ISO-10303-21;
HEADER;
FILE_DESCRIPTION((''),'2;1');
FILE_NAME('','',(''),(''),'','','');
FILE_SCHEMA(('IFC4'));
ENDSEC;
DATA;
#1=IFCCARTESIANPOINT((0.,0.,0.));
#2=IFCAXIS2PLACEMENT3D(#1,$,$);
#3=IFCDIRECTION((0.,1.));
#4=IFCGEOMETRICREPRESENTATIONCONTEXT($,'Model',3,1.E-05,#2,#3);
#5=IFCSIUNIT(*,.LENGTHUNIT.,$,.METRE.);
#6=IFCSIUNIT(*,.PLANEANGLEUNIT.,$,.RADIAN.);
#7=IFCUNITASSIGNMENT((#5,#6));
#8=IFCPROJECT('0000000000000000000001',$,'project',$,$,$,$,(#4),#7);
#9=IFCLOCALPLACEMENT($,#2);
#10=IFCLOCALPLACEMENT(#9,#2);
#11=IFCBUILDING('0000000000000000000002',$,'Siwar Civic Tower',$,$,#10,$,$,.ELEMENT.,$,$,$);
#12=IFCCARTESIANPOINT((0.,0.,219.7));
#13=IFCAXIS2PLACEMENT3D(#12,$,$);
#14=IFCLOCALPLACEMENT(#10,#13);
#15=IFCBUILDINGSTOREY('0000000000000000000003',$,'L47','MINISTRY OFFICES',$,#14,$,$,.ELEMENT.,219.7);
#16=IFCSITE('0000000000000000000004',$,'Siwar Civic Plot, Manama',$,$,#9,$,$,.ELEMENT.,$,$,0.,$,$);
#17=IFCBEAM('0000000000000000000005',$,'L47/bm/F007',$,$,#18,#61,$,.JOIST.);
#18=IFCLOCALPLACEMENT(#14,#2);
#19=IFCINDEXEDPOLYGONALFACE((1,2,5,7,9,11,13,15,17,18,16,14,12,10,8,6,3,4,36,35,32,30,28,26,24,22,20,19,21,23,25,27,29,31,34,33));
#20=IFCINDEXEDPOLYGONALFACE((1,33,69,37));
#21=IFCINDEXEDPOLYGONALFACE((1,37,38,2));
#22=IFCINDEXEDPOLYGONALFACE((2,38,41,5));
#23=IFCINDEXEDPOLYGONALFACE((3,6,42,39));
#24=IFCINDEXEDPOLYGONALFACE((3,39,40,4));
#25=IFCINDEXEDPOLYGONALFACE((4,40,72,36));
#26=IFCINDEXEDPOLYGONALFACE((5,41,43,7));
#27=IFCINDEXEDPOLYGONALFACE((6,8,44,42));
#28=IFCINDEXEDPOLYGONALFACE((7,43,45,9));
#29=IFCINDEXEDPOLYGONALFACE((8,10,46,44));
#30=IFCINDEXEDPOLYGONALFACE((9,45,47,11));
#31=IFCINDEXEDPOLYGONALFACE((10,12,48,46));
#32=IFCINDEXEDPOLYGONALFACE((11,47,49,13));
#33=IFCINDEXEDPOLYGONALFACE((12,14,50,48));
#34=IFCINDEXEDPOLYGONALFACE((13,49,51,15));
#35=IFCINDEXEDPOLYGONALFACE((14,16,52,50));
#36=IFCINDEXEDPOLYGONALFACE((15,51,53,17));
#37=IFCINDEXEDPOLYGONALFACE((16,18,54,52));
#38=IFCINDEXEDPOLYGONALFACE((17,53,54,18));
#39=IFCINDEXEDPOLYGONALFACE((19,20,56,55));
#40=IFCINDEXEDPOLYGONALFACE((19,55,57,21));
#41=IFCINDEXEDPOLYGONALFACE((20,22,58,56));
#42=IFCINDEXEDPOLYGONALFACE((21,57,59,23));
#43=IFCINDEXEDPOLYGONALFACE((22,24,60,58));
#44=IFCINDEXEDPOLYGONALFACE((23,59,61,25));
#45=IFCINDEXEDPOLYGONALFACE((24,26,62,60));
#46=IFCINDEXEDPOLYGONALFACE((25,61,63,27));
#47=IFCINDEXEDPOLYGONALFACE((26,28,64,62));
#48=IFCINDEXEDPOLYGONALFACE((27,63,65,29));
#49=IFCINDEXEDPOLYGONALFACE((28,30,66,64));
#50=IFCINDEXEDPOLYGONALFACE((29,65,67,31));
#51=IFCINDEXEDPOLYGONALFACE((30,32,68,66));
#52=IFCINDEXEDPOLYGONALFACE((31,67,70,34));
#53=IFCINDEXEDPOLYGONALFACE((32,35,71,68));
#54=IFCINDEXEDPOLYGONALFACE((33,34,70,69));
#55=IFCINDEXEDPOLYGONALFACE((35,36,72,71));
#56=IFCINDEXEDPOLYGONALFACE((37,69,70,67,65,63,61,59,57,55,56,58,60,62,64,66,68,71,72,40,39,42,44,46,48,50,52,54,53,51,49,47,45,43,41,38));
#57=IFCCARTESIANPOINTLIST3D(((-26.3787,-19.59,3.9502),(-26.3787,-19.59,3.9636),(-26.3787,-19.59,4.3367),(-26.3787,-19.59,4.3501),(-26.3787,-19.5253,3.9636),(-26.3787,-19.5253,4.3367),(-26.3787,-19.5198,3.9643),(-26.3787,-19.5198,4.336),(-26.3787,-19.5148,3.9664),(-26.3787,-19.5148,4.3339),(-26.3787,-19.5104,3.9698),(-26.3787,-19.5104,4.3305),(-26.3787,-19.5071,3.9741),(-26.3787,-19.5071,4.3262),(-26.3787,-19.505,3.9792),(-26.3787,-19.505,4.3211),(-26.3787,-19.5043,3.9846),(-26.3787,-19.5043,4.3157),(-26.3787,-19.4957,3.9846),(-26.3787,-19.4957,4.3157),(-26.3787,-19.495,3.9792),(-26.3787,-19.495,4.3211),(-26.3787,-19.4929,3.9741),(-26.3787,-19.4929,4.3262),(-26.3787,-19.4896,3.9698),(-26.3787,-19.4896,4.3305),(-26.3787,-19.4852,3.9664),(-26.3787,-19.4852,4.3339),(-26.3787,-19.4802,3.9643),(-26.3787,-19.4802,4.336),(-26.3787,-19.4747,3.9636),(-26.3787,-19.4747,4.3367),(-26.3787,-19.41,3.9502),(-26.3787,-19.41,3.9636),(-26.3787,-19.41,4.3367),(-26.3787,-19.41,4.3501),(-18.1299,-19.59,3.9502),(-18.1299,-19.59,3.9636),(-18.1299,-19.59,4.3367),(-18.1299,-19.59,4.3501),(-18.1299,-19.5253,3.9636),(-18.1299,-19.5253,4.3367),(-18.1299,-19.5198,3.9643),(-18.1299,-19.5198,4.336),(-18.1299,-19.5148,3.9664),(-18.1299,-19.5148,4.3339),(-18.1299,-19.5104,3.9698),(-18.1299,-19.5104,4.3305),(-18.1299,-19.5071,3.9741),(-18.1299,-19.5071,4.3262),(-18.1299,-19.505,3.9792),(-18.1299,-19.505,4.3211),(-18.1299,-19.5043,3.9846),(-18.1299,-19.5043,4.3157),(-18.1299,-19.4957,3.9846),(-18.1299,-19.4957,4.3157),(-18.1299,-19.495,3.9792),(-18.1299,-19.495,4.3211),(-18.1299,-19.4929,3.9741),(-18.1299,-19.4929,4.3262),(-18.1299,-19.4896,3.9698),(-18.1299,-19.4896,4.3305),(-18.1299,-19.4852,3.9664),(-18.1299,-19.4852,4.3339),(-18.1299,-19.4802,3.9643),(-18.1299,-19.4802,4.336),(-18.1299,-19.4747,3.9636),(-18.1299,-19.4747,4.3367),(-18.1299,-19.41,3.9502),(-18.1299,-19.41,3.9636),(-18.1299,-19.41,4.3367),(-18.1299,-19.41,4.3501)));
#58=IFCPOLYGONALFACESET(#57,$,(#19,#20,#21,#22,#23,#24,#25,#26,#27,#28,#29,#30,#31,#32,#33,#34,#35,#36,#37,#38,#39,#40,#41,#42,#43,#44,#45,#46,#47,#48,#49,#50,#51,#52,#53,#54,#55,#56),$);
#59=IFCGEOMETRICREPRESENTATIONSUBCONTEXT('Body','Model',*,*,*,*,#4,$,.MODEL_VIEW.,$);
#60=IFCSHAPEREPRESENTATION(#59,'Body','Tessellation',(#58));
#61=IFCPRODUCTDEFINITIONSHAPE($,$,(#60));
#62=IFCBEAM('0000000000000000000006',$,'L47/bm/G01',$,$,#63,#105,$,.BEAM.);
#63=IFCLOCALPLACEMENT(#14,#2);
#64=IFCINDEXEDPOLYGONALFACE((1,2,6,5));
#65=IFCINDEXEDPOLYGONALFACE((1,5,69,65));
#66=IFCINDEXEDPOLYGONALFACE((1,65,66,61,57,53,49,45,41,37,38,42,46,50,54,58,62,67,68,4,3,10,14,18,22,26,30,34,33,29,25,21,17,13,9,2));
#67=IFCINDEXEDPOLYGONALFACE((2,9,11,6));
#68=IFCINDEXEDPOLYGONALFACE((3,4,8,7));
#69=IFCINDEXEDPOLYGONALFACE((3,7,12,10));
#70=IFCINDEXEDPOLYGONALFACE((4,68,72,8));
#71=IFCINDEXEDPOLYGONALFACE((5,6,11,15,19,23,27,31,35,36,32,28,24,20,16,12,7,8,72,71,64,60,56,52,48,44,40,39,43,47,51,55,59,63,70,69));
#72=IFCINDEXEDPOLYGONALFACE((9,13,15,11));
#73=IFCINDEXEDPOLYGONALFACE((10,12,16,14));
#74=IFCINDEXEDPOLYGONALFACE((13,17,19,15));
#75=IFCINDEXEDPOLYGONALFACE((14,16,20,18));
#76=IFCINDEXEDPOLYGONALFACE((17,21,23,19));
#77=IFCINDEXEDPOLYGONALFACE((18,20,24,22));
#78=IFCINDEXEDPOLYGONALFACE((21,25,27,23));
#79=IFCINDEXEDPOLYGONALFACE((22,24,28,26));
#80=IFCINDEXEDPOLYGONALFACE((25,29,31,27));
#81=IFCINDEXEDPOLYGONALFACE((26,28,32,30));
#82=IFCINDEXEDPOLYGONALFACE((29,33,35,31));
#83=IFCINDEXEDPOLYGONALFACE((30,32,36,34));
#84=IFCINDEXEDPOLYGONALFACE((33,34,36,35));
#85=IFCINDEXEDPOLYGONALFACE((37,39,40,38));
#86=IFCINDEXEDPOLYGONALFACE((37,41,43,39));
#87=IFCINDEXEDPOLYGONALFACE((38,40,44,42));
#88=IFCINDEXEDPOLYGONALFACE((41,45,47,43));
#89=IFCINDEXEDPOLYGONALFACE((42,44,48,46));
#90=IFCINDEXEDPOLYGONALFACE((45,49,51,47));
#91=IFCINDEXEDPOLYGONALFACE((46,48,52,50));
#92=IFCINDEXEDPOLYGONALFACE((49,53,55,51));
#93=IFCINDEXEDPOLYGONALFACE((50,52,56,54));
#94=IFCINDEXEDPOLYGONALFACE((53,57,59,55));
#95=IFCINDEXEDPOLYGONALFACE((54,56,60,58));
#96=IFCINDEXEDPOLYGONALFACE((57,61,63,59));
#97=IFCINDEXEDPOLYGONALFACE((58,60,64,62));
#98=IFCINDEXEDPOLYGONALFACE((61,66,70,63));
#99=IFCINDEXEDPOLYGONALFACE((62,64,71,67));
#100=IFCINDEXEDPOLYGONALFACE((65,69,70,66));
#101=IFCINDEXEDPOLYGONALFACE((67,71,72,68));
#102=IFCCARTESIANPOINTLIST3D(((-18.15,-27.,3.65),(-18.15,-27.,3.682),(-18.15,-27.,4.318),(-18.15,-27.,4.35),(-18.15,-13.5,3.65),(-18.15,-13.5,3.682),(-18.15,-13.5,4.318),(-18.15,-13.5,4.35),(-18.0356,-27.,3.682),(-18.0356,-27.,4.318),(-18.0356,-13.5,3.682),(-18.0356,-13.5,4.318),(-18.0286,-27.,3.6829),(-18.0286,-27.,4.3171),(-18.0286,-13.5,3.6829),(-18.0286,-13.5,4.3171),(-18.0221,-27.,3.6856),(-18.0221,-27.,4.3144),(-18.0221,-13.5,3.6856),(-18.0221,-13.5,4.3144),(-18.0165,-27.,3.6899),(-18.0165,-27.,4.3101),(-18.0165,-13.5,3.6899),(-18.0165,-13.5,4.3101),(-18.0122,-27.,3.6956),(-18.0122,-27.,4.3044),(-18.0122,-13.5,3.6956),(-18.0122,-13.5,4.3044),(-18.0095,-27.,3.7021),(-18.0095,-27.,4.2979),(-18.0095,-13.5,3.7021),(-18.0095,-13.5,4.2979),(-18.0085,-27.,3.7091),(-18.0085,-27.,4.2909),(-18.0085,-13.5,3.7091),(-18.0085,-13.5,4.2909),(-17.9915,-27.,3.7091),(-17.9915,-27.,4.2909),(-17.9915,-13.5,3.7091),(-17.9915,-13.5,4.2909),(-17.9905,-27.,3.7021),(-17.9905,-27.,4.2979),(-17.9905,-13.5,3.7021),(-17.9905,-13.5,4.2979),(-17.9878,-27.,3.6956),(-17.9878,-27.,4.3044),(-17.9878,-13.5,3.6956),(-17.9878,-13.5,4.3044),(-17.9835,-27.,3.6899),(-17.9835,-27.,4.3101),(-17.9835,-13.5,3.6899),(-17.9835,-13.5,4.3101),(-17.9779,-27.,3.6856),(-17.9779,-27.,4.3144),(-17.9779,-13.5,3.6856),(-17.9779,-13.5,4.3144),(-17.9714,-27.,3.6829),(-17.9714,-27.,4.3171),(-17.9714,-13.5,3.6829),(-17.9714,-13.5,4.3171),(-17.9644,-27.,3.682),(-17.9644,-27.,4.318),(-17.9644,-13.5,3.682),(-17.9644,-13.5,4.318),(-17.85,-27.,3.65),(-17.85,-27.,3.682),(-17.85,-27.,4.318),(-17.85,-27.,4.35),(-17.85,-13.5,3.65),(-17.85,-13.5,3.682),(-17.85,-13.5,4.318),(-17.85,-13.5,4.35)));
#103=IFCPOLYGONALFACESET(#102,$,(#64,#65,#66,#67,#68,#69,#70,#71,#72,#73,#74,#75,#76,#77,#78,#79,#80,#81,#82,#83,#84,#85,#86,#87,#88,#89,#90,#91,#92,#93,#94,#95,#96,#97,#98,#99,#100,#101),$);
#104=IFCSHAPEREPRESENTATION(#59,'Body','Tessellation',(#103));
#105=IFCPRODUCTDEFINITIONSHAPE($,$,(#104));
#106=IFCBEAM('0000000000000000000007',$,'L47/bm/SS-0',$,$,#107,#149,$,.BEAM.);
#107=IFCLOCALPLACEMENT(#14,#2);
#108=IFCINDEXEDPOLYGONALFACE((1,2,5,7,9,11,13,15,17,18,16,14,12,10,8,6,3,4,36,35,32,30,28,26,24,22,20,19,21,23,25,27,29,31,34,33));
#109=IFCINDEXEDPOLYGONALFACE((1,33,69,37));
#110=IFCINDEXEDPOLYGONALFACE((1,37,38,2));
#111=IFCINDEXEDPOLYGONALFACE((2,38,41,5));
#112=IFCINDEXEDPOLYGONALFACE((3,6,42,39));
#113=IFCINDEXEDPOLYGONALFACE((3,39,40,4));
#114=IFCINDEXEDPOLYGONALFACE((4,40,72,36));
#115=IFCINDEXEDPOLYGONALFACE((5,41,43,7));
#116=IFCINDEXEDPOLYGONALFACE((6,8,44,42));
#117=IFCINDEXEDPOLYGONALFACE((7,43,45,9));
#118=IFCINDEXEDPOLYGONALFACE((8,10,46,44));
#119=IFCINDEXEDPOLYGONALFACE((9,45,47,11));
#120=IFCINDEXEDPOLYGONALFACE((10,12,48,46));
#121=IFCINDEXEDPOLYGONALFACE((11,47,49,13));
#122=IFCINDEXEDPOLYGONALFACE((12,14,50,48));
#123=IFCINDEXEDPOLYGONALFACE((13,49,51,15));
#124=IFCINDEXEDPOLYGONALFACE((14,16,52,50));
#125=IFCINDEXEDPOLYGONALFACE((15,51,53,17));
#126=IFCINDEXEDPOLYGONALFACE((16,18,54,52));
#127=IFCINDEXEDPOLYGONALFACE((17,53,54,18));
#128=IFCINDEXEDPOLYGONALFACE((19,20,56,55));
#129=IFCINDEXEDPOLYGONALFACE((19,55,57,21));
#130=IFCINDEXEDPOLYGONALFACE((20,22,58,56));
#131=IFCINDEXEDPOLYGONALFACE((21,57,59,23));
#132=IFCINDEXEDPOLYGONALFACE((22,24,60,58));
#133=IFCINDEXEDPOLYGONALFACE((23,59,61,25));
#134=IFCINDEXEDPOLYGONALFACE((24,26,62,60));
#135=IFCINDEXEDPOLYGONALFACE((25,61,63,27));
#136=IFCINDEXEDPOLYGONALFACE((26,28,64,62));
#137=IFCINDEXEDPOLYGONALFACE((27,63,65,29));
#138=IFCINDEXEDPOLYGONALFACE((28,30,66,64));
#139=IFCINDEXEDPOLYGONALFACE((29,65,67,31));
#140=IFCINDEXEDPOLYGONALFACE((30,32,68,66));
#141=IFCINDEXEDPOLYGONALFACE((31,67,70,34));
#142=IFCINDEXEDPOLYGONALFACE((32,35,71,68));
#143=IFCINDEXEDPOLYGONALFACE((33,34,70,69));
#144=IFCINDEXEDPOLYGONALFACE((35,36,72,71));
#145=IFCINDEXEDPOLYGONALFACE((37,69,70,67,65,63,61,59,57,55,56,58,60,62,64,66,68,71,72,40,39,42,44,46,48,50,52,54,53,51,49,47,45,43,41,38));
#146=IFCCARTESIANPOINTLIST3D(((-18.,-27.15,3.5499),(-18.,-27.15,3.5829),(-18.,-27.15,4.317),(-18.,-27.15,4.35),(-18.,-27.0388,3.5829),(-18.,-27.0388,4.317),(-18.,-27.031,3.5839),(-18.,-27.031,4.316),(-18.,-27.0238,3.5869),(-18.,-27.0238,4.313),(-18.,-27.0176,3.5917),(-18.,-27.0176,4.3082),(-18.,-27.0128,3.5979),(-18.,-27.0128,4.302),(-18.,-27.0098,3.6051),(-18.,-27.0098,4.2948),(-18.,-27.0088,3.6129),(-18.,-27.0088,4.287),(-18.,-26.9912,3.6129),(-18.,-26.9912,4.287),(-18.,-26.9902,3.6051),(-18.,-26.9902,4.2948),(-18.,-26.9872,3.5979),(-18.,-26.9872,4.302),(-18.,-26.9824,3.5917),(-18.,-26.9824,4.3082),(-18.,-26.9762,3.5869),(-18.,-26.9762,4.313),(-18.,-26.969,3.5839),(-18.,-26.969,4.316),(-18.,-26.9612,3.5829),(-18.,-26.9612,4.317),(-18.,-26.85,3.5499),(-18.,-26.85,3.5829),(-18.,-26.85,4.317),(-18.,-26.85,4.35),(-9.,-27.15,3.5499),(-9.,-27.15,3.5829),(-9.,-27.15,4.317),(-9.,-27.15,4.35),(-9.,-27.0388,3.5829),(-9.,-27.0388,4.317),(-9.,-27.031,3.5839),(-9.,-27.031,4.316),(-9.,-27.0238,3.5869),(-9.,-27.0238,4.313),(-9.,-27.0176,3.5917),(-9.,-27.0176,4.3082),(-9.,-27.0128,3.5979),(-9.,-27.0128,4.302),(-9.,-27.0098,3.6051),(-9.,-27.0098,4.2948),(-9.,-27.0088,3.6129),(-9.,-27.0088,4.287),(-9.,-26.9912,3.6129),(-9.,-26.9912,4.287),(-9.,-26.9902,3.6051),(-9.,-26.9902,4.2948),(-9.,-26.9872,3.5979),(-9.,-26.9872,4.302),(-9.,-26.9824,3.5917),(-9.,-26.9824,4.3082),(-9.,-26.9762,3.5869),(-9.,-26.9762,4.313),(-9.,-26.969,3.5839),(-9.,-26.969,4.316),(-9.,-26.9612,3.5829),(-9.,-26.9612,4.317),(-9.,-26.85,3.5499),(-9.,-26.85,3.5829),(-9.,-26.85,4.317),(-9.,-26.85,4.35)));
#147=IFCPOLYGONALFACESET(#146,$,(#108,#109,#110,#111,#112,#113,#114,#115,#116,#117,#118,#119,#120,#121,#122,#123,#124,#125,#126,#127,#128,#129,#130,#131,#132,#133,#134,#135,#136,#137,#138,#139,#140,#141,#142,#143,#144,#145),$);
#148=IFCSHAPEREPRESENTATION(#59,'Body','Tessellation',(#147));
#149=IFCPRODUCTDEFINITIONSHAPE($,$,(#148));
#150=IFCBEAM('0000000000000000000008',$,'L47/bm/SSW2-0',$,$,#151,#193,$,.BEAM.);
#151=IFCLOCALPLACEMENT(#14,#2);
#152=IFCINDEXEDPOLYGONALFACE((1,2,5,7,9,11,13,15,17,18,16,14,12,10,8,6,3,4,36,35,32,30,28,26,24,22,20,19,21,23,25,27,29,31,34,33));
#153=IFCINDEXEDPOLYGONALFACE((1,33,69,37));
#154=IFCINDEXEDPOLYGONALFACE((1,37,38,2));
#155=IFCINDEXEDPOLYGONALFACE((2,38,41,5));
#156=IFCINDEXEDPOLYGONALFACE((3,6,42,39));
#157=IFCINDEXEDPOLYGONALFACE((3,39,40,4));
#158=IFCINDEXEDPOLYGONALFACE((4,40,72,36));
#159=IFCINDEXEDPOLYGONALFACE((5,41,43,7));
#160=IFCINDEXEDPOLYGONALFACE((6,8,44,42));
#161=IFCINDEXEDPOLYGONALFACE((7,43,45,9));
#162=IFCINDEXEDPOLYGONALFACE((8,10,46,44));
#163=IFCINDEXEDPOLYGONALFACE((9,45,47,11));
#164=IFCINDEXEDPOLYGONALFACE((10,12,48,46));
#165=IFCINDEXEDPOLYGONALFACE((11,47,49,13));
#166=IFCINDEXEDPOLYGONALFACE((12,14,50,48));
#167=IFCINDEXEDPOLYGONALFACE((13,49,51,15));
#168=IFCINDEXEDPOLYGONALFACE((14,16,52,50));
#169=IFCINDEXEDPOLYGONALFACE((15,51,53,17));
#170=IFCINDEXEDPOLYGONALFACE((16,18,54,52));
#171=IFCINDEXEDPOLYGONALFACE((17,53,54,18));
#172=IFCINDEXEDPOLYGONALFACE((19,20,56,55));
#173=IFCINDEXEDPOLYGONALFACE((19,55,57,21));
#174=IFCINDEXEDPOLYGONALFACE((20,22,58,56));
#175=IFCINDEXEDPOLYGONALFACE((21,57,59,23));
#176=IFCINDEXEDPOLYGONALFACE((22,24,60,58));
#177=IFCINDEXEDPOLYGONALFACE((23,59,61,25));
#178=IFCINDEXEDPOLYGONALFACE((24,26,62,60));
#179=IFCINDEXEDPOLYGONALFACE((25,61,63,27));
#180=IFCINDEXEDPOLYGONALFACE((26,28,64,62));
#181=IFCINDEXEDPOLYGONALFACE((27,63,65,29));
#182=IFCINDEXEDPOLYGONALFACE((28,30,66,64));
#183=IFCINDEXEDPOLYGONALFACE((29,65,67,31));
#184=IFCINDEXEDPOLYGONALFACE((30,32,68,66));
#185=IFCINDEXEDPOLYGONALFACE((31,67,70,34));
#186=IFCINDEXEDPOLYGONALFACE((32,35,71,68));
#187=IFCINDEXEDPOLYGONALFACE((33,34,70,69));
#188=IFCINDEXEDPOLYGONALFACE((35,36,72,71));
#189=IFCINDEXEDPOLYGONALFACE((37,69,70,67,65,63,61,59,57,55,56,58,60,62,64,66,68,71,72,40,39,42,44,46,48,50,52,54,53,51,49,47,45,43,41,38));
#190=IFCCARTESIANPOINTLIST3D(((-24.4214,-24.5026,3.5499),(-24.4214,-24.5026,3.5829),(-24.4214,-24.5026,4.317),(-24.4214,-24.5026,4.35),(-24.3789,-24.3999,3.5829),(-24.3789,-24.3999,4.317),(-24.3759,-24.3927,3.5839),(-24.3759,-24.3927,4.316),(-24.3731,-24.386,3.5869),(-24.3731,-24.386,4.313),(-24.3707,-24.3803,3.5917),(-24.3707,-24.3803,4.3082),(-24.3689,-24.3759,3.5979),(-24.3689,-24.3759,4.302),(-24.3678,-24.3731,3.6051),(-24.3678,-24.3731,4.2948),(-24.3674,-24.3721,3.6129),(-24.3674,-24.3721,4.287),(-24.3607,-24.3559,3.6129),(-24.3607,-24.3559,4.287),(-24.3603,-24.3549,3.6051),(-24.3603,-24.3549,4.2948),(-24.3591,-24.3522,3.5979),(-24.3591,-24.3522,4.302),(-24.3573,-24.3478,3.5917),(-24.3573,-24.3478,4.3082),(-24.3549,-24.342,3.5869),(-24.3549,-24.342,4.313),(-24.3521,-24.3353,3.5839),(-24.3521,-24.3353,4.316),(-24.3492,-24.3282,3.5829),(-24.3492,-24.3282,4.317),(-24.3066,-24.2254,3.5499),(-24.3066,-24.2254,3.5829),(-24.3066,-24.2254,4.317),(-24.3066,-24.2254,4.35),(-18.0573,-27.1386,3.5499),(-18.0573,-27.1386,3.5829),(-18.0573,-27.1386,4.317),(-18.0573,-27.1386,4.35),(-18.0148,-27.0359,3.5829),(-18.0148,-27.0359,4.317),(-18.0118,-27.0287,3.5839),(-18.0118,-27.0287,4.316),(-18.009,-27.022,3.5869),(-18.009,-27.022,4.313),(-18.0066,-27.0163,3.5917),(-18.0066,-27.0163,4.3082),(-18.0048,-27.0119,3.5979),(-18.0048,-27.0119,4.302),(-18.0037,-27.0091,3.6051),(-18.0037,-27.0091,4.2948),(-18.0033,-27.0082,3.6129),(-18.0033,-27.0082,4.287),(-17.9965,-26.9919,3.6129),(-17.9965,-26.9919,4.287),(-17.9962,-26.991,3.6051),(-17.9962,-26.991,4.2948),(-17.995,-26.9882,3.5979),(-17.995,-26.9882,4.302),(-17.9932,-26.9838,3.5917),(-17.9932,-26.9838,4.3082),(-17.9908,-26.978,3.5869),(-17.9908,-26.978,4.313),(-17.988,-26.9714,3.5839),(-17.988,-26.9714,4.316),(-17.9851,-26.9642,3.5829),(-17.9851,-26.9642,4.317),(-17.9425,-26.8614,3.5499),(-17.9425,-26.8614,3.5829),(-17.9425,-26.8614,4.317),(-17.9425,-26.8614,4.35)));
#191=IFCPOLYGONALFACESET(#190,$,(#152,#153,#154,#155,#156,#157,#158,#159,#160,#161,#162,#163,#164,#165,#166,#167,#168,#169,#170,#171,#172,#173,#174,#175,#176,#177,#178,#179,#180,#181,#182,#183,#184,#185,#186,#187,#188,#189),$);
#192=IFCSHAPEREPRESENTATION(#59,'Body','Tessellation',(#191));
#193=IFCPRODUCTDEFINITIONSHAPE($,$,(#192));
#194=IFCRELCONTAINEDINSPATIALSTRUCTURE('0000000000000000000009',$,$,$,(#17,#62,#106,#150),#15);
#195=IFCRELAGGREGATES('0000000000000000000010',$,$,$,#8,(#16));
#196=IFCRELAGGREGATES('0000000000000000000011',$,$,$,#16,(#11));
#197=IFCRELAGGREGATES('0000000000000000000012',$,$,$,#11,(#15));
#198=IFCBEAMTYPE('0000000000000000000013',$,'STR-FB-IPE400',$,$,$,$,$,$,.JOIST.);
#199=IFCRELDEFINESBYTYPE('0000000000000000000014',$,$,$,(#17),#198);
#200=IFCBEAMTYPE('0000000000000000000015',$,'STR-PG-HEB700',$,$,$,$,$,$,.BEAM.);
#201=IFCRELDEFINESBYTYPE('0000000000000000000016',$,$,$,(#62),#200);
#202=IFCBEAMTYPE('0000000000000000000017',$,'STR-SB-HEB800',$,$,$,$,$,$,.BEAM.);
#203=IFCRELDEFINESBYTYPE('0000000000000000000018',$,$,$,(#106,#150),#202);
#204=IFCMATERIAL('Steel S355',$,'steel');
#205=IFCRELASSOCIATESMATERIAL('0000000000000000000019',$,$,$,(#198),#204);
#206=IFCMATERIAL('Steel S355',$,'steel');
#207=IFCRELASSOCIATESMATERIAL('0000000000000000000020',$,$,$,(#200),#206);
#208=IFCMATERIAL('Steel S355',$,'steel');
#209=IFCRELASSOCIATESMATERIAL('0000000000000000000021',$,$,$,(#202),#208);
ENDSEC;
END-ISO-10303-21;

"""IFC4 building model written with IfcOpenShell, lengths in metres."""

from ifc_helpers import new_model, si_unit, direction, frame, origin, origin_2d, place, context, subcontext, project, spatial, i_section, extrude, material, material_profile, profile_set, type_object, element, save


model = new_model("IFC4")

# Units and contexts
model_context = context("Model", 3, precision=1e-05, world=origin(), true_north=direction((0.0, 1.0)))
body_context = subcontext(model_context, "Body", "Model", "MODEL_VIEW")
ifc_project = project(units=[si_unit("LENGTHUNIT", "METRE"), si_unit("PLANEANGLEUNIT", "RADIAN")], contexts=[model_context])

# Site, building, storey
site_placement = place(None, origin())
site = spatial("IfcSite", under=ifc_project, at=site_placement, Name="Siwar Civic Plot, Manama", CompositionType="ELEMENT", RefElevation=0.0)
building_placement = place(site_placement, origin())
building = spatial("IfcBuilding", under=site, at=building_placement, Name="Siwar Civic Tower", CompositionType="ELEMENT")
storey_placement = place(building_placement, frame((0.0, 0.0, 219.7)))
storey = spatial("IfcBuildingStorey", under=building, at=storey_placement, Name="L47", Description="MINISTRY OFFICES", CompositionType="ELEMENT", Elevation=219.7)

# Beams
ifc_material_1 = material(Name="Steel S355", Category="steel")
ifc_material_profile_1 = material_profile(ifc_material_1, i_section(OverallWidth=0.1799, OverallDepth=0.3999, WebThickness=0.0085, FlangeThickness=0.0134, FilletRadius=0.021, at=origin_2d()), Name="IPE400")
ifc_profile_set_1 = profile_set([ifc_material_profile_1], Name="Steel S355")
beam_type_1 = type_object("IfcBeamType", Name="STR-FB-IPE400", PredefinedType="JOIST", material=ifc_profile_set_1)
beam_1_placement = place(storey_placement, frame((-26.3787, -19.5, 4.1501), z_axis=(1.0, 0.0, 0.0), x_axis=(0.0, 1.0, 0.0)))
element("IfcBeam", 1, at=beam_1_placement, inside=storey, type_object=beam_type_1, Name="L47/bm/F007", PredefinedType="JOIST", context=body_context, shape_type="SweptSolid", body=[
    extrude(i_section(OverallWidth=0.1799, OverallDepth=0.3999, WebThickness=0.0085, FlangeThickness=0.0134, FilletRadius=0.021, at=origin_2d()), origin(), (0.0, 0.0, 1.0), 8.2488),
])
ifc_material_2 = material(Name="Steel S355", Category="steel")
ifc_material_profile_2 = material_profile(ifc_material_2, i_section(OverallWidth=0.3, OverallDepth=0.7, WebThickness=0.0171, FlangeThickness=0.032, FilletRadius=0.0271, at=origin_2d()), Name="HEB700")
ifc_profile_set_2 = profile_set([ifc_material_profile_2], Name="Steel S355")
beam_type_2 = type_object("IfcBeamType", Name="STR-PG-HEB700", PredefinedType="BEAM", material=ifc_profile_set_2)
beam_2_placement = place(storey_placement, frame((-18.0, -27.0, 4.0), z_axis=(0.0, 1.0, 0.0), x_axis=(-1.0, 0.0, 0.0)))
element("IfcBeam", 2, at=beam_2_placement, inside=storey, type_object=beam_type_2, Name="L47/bm/G01", PredefinedType="BEAM", context=body_context, shape_type="SweptSolid", body=[
    extrude(i_section(OverallWidth=0.3, OverallDepth=0.7, WebThickness=0.0171, FlangeThickness=0.032, FilletRadius=0.0271, at=origin_2d()), origin(), (0.0, 0.0, 1.0), 13.5),
])
ifc_material_3 = material(Name="Steel S355", Category="steel")
ifc_material_profile_3 = material_profile(ifc_material_3, i_section(OverallWidth=0.3, OverallDepth=0.8, WebThickness=0.0176, FlangeThickness=0.033, FilletRadius=0.03, at=origin_2d()), Name="HEB800")
ifc_profile_set_3 = profile_set([ifc_material_profile_3], Name="Steel S355")
beam_type_3 = type_object("IfcBeamType", Name="STR-SB-HEB800", PredefinedType="BEAM", material=ifc_profile_set_3)
beam_3_placement = place(storey_placement, frame((-18.0, -27.0, 3.95), z_axis=(1.0, 0.0, 0.0), x_axis=(0.0, 1.0, 0.0)))
element("IfcBeam", 3, at=beam_3_placement, inside=storey, type_object=beam_type_3, Name="L47/bm/SS-0", PredefinedType="BEAM", context=body_context, shape_type="SweptSolid", body=[
    extrude(i_section(OverallWidth=0.3, OverallDepth=0.8, WebThickness=0.0176, FlangeThickness=0.033, FilletRadius=0.03, at=origin_2d()), origin(), (0.0, 0.0, 1.0), 9.0),
])
beam_4_placement = place(storey_placement, frame((-24.364, -24.364, 3.95), z_axis=(0.923883, -0.382674, 0.0), x_axis=(0.382674, 0.923883, 0.0)))
element("IfcBeam", 4, at=beam_4_placement, inside=storey, type_object=beam_type_3, Name="L47/bm/SSW2-0", PredefinedType="BEAM", context=body_context, shape_type="SweptSolid", body=[
    extrude(i_section(OverallWidth=0.3, OverallDepth=0.8, WebThickness=0.0176, FlangeThickness=0.033, FilletRadius=0.03, at=origin_2d()), origin(), (0.0, 0.0, 1.0), 6.8884),
])

save(model, "model.ifc")
